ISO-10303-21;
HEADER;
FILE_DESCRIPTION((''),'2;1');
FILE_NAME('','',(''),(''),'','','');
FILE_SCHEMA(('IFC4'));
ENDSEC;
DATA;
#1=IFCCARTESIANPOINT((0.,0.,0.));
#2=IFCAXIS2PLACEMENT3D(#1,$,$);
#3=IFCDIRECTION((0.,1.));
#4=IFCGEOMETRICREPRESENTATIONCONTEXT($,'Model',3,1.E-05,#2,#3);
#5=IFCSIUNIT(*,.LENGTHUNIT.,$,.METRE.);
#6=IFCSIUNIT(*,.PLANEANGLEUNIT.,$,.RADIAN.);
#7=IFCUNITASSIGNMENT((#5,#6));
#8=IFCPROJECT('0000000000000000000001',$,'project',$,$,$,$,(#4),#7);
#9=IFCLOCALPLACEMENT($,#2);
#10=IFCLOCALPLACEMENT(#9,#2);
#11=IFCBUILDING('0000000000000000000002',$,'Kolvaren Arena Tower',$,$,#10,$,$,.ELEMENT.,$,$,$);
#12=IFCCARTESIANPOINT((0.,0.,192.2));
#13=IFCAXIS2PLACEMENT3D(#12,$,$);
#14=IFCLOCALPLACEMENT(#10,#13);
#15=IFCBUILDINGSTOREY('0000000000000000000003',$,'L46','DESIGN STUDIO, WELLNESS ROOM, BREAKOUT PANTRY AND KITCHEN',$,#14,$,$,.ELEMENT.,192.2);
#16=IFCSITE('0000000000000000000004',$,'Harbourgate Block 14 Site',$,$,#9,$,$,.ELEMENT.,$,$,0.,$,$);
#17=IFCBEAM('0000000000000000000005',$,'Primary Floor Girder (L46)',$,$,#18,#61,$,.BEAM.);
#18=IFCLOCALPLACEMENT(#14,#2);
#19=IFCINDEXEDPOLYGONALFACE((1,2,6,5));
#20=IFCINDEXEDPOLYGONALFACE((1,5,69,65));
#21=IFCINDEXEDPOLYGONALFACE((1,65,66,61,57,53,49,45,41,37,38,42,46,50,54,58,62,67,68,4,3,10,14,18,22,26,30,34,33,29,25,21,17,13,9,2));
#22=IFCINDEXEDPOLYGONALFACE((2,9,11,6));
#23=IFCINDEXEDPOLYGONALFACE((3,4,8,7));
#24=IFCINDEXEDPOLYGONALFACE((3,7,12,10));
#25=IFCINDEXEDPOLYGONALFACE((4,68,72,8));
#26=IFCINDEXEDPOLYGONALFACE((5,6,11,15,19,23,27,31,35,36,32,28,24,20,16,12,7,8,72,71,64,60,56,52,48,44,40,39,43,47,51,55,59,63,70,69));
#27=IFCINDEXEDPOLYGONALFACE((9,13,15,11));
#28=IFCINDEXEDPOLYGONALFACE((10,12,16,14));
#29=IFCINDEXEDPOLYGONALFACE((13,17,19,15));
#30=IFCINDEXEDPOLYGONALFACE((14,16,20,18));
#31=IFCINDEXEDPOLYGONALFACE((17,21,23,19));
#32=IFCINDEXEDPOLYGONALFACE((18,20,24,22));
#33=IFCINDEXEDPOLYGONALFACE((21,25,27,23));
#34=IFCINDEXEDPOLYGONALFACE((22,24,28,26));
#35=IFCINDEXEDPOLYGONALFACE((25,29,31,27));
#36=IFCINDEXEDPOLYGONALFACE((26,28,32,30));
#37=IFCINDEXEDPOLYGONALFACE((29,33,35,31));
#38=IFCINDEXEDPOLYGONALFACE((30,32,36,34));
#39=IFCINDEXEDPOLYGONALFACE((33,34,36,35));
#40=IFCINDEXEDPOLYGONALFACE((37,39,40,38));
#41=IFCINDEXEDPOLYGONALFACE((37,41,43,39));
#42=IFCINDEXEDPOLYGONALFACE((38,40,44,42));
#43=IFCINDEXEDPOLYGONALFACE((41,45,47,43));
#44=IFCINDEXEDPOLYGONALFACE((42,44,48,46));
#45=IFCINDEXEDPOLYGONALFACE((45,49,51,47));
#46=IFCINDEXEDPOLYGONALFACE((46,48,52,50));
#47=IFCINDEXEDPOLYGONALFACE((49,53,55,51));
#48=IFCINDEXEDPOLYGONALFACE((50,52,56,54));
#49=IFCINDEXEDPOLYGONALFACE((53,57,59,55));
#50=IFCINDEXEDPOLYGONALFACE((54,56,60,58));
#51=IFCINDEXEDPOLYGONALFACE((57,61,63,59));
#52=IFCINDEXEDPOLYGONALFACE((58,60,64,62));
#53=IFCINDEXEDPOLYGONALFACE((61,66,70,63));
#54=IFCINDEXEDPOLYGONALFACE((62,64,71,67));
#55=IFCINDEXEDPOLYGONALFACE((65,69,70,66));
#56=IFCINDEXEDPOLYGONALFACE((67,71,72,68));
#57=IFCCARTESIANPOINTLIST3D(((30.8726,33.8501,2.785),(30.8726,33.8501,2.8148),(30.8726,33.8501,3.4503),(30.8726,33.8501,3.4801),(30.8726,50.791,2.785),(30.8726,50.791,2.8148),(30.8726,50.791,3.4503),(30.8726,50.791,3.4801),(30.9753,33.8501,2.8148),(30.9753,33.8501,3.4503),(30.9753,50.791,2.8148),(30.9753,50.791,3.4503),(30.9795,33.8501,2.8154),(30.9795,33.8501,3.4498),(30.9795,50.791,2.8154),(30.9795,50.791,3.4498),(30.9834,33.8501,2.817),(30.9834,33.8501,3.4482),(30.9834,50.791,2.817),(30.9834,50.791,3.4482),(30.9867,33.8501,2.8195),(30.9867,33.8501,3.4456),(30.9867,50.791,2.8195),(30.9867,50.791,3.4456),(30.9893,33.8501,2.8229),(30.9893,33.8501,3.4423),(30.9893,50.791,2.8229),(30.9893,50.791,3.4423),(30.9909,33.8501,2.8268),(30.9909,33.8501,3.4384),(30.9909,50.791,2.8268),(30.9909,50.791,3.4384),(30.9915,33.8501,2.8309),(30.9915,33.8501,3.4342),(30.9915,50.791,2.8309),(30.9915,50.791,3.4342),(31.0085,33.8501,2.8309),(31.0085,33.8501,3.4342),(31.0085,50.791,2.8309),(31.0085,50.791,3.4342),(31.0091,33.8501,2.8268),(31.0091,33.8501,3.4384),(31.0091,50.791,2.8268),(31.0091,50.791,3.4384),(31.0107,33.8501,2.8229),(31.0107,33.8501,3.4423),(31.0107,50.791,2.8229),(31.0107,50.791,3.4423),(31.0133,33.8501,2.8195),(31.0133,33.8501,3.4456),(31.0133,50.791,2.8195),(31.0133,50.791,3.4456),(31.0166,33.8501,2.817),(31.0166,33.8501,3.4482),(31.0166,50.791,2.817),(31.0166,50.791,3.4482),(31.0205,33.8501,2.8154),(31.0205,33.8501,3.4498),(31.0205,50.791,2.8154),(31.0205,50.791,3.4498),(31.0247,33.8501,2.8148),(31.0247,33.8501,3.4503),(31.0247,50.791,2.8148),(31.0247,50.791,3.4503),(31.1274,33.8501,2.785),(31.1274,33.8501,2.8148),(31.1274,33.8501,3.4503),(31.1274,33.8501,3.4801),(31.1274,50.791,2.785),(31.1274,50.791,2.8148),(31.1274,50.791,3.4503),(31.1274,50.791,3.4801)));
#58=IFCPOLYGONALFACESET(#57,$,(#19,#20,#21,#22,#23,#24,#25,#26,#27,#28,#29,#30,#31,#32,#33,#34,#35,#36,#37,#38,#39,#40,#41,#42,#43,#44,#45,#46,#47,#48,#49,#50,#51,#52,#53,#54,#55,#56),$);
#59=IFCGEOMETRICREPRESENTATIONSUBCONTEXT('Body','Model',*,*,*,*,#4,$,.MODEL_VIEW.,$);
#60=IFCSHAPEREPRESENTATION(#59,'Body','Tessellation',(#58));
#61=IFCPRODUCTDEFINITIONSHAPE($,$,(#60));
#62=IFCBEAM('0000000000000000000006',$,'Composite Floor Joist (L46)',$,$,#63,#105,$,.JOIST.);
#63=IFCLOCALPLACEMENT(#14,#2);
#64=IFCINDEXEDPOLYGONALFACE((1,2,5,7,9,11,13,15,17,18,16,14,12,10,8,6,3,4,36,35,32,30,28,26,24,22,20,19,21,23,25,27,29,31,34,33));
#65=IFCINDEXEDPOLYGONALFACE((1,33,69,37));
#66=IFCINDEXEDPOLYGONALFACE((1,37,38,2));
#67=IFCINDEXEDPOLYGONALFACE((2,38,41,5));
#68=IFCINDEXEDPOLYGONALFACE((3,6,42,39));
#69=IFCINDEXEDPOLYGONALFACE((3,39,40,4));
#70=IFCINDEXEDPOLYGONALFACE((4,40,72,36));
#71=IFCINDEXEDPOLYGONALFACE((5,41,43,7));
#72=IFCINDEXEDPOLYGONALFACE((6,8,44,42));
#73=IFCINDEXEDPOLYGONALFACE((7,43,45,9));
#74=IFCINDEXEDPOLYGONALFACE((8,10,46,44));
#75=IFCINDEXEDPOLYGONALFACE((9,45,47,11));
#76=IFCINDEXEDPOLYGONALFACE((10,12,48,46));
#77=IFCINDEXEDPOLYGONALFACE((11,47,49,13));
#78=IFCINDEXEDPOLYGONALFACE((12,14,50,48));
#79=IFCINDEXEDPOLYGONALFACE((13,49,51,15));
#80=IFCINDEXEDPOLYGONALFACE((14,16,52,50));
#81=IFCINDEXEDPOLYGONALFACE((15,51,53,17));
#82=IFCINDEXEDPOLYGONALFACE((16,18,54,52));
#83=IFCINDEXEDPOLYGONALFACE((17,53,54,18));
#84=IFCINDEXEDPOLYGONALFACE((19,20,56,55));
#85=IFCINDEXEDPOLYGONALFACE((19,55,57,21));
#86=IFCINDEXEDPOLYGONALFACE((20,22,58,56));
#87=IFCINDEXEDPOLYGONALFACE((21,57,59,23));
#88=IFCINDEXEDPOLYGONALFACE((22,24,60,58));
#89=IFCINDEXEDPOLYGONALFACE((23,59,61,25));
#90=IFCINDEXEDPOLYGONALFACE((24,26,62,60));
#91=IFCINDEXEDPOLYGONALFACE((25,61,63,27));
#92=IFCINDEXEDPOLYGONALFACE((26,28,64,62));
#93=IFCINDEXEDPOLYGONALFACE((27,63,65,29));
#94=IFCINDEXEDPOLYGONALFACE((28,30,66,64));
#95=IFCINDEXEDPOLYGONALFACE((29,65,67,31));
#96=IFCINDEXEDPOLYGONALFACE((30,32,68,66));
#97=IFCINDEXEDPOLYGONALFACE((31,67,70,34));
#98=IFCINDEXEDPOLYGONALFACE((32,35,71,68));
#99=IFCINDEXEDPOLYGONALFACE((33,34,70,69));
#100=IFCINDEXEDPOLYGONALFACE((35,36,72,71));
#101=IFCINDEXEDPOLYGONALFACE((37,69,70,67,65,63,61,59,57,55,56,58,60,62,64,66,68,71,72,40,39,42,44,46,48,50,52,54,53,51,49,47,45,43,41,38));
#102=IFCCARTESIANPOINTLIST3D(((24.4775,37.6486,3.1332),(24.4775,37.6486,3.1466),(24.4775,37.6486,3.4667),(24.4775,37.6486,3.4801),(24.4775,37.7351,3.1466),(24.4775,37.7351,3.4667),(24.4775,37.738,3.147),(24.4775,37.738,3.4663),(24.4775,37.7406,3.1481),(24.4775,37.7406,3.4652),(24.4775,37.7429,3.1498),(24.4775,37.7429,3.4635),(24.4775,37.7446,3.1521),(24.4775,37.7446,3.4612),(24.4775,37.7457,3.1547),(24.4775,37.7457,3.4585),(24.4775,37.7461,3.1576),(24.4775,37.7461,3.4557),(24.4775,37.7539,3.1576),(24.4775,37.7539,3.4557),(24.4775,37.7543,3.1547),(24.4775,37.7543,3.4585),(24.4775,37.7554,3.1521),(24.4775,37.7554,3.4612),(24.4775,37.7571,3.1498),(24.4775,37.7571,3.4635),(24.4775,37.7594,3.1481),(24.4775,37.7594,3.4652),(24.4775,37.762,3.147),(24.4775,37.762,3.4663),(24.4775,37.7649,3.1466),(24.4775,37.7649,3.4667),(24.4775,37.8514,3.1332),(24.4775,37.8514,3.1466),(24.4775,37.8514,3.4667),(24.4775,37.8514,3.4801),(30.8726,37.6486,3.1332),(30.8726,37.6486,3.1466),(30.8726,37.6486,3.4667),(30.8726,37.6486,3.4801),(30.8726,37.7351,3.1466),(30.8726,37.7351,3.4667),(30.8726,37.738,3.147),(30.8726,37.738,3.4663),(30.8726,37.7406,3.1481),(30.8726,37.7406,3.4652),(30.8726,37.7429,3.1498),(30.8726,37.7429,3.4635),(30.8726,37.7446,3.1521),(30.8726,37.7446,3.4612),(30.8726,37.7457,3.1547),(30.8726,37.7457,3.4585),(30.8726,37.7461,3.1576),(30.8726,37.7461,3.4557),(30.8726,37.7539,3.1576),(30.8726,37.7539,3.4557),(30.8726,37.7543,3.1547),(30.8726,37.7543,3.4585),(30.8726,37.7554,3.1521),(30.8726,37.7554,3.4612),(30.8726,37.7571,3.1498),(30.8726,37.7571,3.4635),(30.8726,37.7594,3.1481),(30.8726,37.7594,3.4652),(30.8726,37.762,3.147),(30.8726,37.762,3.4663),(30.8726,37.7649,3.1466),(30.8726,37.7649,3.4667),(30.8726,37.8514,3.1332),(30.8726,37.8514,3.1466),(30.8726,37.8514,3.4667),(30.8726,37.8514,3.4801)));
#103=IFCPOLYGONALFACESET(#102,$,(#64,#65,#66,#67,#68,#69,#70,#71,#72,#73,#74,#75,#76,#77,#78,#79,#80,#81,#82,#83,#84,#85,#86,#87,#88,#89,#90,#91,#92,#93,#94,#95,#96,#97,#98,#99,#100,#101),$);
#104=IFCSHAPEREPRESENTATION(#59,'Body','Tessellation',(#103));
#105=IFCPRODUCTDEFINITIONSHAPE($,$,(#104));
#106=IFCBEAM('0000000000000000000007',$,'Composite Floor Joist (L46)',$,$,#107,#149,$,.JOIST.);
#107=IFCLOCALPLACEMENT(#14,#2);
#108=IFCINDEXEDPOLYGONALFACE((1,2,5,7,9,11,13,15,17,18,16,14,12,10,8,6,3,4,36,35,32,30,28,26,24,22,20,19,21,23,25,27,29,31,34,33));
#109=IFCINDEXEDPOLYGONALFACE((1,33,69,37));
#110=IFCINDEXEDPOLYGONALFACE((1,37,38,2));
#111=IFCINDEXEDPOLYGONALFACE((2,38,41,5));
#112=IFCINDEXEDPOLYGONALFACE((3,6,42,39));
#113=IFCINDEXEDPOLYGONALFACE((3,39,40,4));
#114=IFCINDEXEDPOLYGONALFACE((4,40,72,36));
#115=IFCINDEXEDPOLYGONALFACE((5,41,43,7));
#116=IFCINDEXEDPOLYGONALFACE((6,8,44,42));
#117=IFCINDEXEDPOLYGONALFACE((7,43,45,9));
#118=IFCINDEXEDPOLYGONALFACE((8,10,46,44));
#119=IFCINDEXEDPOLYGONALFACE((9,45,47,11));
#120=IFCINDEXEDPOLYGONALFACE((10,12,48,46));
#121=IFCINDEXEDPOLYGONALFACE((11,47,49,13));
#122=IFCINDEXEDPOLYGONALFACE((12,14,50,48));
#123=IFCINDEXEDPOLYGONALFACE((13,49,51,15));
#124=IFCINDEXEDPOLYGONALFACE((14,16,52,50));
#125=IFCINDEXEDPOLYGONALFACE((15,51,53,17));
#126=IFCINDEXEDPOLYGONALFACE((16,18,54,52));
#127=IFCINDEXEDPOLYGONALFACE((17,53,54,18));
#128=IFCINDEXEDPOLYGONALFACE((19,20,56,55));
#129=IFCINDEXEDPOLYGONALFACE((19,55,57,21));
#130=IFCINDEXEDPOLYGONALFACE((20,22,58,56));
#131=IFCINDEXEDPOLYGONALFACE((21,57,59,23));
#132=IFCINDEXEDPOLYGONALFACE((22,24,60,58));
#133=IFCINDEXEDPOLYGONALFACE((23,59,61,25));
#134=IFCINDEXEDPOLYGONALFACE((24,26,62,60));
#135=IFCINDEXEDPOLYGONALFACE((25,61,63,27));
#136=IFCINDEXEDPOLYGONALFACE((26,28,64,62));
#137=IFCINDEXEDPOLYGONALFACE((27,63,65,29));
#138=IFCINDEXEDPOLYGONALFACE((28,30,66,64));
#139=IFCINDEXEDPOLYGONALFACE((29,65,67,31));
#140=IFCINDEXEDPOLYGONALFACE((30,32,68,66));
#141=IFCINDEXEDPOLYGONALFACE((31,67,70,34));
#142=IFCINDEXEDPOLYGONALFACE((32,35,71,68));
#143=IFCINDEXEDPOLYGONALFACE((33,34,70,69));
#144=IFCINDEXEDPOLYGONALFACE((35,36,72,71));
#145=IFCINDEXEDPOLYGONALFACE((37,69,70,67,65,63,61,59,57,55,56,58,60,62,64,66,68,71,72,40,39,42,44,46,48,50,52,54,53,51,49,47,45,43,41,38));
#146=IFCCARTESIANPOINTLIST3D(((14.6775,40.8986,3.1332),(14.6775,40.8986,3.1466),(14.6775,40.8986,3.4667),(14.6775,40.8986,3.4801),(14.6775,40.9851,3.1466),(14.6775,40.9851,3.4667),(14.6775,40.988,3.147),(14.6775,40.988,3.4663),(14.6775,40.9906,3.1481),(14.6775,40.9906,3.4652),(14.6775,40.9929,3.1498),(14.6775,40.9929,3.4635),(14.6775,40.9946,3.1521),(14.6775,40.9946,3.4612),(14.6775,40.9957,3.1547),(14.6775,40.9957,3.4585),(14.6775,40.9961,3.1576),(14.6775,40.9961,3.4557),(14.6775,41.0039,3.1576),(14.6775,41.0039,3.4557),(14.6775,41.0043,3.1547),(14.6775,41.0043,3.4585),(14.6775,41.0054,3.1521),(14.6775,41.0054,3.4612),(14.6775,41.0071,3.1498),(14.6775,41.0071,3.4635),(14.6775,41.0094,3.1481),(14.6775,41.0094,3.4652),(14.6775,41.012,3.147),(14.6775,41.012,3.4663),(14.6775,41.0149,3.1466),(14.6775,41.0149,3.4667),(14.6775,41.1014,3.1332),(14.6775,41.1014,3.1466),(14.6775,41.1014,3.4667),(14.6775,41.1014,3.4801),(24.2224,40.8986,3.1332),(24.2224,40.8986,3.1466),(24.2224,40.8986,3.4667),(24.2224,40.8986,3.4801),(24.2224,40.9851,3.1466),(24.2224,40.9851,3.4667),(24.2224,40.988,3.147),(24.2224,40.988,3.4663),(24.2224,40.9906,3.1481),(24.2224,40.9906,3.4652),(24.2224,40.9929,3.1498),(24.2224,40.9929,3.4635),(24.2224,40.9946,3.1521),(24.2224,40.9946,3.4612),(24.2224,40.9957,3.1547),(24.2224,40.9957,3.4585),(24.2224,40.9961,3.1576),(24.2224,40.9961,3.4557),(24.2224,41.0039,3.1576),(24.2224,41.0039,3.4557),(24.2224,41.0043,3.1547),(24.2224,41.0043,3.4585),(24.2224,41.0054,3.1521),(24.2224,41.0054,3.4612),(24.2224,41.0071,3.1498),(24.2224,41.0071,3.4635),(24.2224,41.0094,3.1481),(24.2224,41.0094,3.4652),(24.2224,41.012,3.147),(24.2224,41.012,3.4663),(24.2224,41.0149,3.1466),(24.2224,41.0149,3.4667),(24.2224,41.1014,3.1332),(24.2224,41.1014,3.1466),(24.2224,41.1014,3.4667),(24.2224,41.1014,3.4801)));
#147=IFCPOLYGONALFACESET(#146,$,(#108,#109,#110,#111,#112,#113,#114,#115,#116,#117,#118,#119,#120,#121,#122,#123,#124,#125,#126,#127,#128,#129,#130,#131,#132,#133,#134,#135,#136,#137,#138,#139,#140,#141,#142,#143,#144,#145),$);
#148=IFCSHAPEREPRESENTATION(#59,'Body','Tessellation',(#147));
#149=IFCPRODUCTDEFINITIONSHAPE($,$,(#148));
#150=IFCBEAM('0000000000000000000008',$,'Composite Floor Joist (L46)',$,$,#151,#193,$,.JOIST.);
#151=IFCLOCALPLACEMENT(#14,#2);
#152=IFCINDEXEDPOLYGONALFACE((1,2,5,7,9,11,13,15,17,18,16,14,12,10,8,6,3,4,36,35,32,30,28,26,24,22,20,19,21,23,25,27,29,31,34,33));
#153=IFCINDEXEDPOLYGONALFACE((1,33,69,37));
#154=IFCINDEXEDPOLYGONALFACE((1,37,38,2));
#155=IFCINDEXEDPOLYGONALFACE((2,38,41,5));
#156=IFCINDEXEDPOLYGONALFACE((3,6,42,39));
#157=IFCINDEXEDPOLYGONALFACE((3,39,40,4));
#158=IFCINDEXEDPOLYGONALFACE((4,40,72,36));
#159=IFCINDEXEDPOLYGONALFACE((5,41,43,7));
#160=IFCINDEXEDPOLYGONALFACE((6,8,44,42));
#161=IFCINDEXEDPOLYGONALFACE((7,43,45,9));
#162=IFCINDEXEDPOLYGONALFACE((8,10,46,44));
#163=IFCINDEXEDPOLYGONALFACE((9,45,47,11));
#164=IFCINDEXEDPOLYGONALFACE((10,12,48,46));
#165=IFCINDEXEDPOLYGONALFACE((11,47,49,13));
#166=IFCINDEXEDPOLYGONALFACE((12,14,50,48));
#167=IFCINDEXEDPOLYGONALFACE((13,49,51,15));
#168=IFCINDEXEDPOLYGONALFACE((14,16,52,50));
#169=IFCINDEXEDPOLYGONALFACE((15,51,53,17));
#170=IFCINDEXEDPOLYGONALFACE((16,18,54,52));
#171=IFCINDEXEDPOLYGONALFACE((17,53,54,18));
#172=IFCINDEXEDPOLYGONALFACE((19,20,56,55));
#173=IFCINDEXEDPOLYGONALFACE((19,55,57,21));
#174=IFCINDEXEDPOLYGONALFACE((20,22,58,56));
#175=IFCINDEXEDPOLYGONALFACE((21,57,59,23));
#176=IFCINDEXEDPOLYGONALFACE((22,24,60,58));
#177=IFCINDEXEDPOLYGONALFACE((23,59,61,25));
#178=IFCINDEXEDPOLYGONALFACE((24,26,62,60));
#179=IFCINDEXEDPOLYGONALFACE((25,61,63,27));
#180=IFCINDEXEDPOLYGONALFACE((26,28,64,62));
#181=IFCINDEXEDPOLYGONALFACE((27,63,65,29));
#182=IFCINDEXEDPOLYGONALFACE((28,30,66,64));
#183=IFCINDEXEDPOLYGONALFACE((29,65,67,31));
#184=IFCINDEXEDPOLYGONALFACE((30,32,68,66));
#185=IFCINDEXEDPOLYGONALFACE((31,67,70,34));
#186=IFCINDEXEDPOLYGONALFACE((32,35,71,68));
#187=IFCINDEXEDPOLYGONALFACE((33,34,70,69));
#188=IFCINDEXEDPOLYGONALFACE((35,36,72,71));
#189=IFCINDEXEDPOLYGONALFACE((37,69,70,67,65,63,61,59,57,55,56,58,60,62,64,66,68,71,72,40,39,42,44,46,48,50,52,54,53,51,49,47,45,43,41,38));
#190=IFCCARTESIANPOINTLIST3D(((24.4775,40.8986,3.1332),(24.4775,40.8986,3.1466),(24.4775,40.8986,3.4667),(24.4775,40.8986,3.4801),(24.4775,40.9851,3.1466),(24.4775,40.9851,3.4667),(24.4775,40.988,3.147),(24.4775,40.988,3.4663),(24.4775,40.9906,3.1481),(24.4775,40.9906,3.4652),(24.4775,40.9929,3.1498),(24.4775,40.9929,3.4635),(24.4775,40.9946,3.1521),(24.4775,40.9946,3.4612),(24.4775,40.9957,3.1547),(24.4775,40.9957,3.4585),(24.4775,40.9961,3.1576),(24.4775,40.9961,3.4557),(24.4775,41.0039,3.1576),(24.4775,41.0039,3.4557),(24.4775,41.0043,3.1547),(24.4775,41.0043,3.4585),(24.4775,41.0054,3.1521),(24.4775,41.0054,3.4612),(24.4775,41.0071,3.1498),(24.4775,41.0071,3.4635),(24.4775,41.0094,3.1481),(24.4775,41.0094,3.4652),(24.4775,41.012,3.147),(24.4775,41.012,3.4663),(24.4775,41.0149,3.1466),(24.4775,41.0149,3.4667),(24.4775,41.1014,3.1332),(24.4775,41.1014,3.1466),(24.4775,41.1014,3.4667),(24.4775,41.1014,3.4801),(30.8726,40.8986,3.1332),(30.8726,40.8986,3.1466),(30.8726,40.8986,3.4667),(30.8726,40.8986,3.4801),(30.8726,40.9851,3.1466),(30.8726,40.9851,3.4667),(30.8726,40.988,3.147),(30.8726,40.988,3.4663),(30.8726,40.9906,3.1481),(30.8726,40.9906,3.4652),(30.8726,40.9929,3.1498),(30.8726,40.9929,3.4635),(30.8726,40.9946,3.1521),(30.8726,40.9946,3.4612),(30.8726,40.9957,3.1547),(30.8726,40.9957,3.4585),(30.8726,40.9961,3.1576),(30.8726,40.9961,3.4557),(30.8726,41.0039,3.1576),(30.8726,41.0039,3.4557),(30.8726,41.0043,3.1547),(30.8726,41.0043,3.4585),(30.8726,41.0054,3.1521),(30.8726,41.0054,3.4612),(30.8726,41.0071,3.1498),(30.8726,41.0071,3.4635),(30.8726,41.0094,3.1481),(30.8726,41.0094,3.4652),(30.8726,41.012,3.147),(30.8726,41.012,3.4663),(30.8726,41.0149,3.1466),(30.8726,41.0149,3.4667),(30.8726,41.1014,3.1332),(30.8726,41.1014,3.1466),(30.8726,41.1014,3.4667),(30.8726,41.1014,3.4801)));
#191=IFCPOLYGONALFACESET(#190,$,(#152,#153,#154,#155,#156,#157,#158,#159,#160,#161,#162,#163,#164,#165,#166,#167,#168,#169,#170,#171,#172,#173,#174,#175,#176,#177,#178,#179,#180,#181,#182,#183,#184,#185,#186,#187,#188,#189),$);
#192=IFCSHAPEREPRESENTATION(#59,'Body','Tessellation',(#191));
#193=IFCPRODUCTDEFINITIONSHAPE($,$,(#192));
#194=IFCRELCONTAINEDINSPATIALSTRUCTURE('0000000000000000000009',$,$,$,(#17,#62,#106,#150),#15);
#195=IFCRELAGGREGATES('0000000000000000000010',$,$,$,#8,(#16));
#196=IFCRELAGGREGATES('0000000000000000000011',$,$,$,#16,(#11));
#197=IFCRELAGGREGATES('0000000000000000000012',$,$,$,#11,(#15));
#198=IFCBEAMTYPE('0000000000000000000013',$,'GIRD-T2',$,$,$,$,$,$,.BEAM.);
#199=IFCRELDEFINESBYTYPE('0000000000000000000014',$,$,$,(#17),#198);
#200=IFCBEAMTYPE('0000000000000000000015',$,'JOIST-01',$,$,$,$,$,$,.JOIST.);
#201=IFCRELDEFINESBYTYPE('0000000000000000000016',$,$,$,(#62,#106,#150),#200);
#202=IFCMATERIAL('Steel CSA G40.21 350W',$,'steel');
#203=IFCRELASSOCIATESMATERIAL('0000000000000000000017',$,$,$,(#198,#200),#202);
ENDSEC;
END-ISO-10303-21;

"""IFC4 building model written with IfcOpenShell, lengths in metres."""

from ifc_helpers import new_model, si_unit, direction, frame, origin, origin_2d, place, context, subcontext, project, spatial, i_section, extrude, material, material_profile, profile_set, type_object, element, save


model = new_model("IFC4")

# Units and contexts
model_context = context("Model", 3, precision=1e-05, world=origin(), true_north=direction((0.0, 1.0)))
body_context = subcontext(model_context, "Body", "Model", "MODEL_VIEW")
ifc_project = project(units=[si_unit("LENGTHUNIT", "METRE"), si_unit("PLANEANGLEUNIT", "RADIAN")], contexts=[model_context])

# Site, building, storey
site_placement = place(None, origin())
site = spatial("IfcSite", under=ifc_project, at=site_placement, Name="Harbourgate Block 14 Site", CompositionType="ELEMENT", RefElevation=0.0)
building_placement = place(site_placement, origin())
building = spatial("IfcBuilding", under=site, at=building_placement, Name="Kolvaren Arena Tower", CompositionType="ELEMENT")
storey_placement = place(building_placement, frame((0.0, 0.0, 192.2)))
storey = spatial("IfcBuildingStorey", under=building, at=storey_placement, Name="L46", Description="DESIGN STUDIO, WELLNESS ROOM, BREAKOUT PANTRY AND KITCHEN", CompositionType="ELEMENT", Elevation=192.2)

# Beams
ifc_material_1 = material(Name="Steel CSA G40.21 350W", Category="steel")
ifc_material_profile_1 = material_profile(ifc_material_1, i_section(OverallWidth=0.2549, OverallDepth=0.6951, WebThickness=0.0171, FlangeThickness=0.0298, FilletRadius=0.0161, at=origin_2d()), Name="W690x217")
ifc_profile_set_1 = profile_set([ifc_material_profile_1], Name="Steel CSA G40.21 350W")
beam_type_1 = type_object("IfcBeamType", Name="GIRD-T2", PredefinedType="BEAM", material=ifc_profile_set_1)
beam_1_placement = place(storey_placement, frame((31.0, 33.8501, 3.1326), z_axis=(0.0, 1.0, 0.0), x_axis=(-1.0, 0.0, 0.0)))
element("IfcBeam", 1, at=beam_1_placement, inside=storey, type_object=beam_type_1, Name="Primary Floor Girder (L46)", PredefinedType="BEAM", context=body_context, shape_type="SweptSolid", body=[
    extrude(i_section(OverallWidth=0.2549, OverallDepth=0.6951, WebThickness=0.0171, FlangeThickness=0.0298, FilletRadius=0.0161, at=origin_2d()), origin(), (0.0, 0.0, 1.0), 16.9409),
])
ifc_material_profile_2 = material_profile(ifc_material_1, i_section(OverallWidth=0.2029, OverallDepth=0.3469, WebThickness=0.0078, FlangeThickness=0.0134, FilletRadius=0.011, at=origin_2d()), Name="W360x64")
ifc_profile_set_2 = profile_set([ifc_material_profile_2], Name="Steel CSA G40.21 350W")
beam_type_2 = type_object("IfcBeamType", Name="JOIST-01", PredefinedType="JOIST", material=ifc_profile_set_2)
beam_2_placement = place(storey_placement, frame((24.4775, 37.75, 3.3066), z_axis=(1.0, 0.0, 0.0), x_axis=(0.0, 1.0, 0.0)))
element("IfcBeam", 2, at=beam_2_placement, inside=storey, type_object=beam_type_2, Name="Composite Floor Joist (L46)", PredefinedType="JOIST", context=body_context, shape_type="SweptSolid", body=[
    extrude(i_section(OverallWidth=0.2029, OverallDepth=0.3469, WebThickness=0.0078, FlangeThickness=0.0134, FilletRadius=0.011, at=origin_2d()), origin(), (0.0, 0.0, 1.0), 6.395),
])
beam_3_placement = place(storey_placement, frame((14.6775, 41.0, 3.3066), z_axis=(1.0, 0.0, 0.0), x_axis=(0.0, 1.0, 0.0)))
element("IfcBeam", 3, at=beam_3_placement, inside=storey, type_object=beam_type_2, Name="Composite Floor Joist (L46)", PredefinedType="JOIST", context=body_context, shape_type="SweptSolid", body=[
    extrude(i_section(OverallWidth=0.2029, OverallDepth=0.3469, WebThickness=0.0078, FlangeThickness=0.0134, FilletRadius=0.011, at=origin_2d()), origin(), (0.0, 0.0, 1.0), 9.5449),
])
beam_4_placement = place(storey_placement, frame((24.4775, 41.0, 3.3066), z_axis=(1.0, 0.0, 0.0), x_axis=(0.0, 1.0, 0.0)))
element("IfcBeam", 4, at=beam_4_placement, inside=storey, type_object=beam_type_2, Name="Composite Floor Joist (L46)", PredefinedType="JOIST", context=body_context, shape_type="SweptSolid", body=[
    extrude(i_section(OverallWidth=0.2029, OverallDepth=0.3469, WebThickness=0.0078, FlangeThickness=0.0134, FilletRadius=0.011, at=origin_2d()), origin(), (0.0, 0.0, 1.0), 6.395),
])

save(model, "model.ifc")
